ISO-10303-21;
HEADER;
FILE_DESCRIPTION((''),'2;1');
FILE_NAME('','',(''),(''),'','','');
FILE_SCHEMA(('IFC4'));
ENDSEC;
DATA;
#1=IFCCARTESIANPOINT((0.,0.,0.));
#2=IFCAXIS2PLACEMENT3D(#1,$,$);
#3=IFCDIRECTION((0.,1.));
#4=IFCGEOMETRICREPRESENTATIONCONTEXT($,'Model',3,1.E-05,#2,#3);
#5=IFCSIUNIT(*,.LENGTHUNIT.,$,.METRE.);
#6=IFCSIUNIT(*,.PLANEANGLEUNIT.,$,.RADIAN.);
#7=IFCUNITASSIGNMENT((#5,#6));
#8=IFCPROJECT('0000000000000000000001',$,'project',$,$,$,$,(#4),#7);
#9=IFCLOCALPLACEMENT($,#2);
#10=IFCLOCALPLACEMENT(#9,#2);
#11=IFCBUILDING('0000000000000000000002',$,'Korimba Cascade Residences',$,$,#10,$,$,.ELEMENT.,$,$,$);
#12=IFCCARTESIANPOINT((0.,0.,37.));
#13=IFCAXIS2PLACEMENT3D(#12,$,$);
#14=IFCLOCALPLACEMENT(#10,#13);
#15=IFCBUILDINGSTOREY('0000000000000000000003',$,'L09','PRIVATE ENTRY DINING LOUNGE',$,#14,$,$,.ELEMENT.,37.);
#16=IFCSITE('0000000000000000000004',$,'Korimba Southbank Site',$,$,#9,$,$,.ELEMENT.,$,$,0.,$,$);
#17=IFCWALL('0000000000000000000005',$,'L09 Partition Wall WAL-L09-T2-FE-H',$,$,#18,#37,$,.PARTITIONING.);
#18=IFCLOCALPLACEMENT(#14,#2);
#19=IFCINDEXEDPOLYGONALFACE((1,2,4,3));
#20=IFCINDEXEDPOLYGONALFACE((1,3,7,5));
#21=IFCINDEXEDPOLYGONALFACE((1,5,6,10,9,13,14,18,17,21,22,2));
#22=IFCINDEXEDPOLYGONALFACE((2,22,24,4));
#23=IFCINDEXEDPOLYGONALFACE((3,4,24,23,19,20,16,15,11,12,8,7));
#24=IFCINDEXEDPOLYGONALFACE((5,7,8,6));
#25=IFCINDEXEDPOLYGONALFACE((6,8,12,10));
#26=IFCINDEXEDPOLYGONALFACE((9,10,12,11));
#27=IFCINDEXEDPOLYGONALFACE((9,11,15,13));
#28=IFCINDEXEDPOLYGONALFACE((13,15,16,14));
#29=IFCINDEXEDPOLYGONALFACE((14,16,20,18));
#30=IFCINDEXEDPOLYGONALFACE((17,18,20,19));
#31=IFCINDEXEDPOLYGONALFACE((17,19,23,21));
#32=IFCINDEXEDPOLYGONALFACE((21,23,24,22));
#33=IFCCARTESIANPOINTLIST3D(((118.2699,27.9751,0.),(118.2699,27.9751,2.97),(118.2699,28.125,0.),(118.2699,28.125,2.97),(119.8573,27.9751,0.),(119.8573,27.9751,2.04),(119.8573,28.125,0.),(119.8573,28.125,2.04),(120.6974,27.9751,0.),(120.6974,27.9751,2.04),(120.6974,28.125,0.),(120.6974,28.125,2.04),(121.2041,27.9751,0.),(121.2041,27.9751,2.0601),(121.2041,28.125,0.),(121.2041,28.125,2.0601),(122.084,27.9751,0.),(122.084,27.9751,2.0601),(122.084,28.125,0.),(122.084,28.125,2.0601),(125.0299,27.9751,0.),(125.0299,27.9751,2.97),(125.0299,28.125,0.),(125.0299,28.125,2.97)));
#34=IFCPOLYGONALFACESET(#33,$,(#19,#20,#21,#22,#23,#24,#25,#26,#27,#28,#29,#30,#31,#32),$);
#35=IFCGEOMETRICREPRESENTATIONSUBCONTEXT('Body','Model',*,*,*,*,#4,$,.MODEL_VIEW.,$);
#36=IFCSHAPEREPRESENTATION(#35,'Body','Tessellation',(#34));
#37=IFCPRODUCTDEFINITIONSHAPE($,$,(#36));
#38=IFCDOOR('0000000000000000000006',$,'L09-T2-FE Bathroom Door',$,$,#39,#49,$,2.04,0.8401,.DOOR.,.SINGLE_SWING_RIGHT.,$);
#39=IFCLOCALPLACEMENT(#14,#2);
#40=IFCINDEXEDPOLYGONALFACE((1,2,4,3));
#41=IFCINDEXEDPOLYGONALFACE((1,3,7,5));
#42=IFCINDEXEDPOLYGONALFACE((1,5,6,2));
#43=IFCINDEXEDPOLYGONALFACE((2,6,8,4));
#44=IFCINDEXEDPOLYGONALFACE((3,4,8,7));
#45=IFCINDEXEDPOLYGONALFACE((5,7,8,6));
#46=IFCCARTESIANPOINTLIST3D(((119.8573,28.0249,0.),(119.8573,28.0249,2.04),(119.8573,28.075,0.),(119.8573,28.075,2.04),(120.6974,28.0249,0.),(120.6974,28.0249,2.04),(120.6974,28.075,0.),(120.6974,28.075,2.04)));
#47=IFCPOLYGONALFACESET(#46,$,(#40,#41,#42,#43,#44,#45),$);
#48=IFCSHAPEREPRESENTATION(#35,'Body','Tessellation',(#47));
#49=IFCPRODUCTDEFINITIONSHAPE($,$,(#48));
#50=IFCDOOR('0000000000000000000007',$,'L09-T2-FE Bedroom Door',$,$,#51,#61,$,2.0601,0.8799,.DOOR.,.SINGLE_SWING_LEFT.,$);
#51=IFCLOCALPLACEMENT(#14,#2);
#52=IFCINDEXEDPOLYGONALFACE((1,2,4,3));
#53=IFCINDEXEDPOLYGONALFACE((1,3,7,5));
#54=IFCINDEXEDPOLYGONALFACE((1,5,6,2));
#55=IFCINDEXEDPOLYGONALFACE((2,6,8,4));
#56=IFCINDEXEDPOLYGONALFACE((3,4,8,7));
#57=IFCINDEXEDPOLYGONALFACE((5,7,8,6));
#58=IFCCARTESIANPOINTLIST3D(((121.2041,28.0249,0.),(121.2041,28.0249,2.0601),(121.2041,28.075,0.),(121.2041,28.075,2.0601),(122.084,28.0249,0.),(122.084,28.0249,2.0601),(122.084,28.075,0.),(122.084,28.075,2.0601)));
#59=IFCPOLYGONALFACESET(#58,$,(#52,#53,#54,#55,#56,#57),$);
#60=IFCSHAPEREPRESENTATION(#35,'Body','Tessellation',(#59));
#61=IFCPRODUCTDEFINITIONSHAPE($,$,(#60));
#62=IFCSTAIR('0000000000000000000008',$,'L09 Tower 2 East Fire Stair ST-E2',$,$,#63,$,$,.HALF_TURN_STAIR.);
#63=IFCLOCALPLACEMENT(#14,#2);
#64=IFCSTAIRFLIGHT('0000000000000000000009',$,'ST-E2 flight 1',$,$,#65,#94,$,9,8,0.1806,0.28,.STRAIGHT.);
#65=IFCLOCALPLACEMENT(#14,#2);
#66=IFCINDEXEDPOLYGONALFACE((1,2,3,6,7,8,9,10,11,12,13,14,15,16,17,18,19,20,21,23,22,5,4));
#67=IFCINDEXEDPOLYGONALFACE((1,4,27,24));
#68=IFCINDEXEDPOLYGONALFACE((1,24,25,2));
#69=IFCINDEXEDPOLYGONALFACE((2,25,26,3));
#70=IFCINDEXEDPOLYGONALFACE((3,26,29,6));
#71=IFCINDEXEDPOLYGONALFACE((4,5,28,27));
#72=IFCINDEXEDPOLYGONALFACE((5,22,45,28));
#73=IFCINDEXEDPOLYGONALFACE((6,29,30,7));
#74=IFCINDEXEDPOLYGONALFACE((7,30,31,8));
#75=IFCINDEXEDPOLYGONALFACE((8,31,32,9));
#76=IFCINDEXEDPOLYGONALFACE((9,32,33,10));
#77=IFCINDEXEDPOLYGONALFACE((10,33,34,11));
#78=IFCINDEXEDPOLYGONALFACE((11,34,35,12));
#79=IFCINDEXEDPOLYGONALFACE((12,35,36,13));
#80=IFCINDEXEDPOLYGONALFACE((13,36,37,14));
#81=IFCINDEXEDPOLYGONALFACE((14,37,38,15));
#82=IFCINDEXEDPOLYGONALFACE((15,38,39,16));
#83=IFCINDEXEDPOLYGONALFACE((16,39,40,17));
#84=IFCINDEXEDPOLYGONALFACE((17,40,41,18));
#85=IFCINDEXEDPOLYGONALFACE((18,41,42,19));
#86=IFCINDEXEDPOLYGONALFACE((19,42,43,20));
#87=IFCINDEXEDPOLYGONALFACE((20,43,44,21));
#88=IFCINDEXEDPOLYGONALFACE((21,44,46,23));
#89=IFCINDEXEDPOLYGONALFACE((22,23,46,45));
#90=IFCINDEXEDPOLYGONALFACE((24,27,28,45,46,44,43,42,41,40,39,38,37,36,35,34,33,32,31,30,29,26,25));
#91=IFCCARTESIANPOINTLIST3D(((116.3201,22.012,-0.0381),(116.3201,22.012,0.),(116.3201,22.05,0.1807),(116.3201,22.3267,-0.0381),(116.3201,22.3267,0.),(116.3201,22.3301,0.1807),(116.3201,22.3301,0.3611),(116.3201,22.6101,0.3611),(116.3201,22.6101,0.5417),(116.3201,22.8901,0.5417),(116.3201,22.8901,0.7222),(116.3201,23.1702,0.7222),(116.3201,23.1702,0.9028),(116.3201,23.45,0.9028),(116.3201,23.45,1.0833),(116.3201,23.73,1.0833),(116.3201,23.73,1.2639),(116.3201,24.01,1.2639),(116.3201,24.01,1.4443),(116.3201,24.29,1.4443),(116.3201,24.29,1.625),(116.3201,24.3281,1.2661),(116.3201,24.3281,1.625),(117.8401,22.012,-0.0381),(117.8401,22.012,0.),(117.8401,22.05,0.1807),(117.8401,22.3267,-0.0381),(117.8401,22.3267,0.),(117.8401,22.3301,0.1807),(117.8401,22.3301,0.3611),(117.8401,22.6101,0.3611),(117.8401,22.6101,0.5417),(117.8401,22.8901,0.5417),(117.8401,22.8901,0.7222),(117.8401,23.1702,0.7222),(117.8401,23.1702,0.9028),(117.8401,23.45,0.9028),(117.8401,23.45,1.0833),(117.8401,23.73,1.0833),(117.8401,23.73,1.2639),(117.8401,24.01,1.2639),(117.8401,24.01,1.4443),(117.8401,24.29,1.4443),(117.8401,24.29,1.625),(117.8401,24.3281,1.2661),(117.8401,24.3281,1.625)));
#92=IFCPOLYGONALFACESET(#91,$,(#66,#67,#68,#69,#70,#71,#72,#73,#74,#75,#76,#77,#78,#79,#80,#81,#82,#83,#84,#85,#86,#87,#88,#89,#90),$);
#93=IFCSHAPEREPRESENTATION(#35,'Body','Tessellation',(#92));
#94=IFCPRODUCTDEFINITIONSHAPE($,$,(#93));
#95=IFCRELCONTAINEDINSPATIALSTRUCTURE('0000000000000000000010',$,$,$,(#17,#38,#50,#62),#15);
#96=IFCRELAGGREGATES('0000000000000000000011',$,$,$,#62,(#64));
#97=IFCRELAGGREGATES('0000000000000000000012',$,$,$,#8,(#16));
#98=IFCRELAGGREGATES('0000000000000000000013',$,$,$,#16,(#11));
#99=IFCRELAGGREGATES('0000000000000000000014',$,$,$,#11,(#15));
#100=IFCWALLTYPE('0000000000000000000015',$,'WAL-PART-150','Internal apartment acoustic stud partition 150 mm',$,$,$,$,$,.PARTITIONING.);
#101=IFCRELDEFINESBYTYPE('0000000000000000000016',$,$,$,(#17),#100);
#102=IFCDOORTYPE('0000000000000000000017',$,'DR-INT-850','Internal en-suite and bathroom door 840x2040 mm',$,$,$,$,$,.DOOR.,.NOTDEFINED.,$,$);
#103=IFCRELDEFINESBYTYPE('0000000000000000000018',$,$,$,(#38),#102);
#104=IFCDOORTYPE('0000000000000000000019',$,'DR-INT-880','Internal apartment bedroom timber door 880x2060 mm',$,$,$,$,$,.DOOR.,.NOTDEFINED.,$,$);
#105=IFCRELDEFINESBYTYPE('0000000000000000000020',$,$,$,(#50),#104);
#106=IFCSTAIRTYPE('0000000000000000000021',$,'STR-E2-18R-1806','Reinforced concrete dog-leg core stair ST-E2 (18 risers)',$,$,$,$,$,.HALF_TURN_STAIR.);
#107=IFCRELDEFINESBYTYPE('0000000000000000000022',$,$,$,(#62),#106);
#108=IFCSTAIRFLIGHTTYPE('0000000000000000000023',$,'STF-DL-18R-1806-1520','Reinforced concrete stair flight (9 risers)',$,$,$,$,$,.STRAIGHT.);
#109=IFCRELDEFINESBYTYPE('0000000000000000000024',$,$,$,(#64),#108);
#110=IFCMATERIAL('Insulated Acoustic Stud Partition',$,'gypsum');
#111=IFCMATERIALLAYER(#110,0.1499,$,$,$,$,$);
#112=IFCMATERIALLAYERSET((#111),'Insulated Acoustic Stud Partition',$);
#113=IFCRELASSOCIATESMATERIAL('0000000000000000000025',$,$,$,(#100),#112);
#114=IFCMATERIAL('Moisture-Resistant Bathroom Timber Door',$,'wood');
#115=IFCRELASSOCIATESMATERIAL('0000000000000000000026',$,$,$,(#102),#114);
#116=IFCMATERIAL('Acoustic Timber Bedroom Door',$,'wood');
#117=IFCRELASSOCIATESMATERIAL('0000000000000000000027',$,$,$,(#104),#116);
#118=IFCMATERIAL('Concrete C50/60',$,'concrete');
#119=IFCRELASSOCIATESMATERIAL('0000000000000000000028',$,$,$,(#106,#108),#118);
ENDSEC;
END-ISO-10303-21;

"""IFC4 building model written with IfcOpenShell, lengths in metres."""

from ifc_helpers import new_model, si_unit, direction, frame, frame_2d, origin, place, context, subcontext, project, spatial, polyline, rectangle, outline, extrude, material, layer, layer_set, type_object, element, fill, aggregate, save


model = new_model("IFC4")

# Units and contexts
model_context = context("Model", 3, precision=1e-05, world=origin(), true_north=direction((0.0, 1.0)))
body_context = subcontext(model_context, "Body", "Model", "MODEL_VIEW")
ifc_project = project(units=[si_unit("LENGTHUNIT", "METRE"), si_unit("PLANEANGLEUNIT", "RADIAN")], contexts=[model_context])

# Site, building, storey
site_placement = place(None, origin())
site = spatial("IfcSite", under=ifc_project, at=site_placement, Name="Korimba Southbank Site", CompositionType="ELEMENT", RefElevation=0.0)
building_placement = place(site_placement, origin())
building = spatial("IfcBuilding", under=site, at=building_placement, Name="Korimba Cascade Residences", CompositionType="ELEMENT")
storey_placement = place(building_placement, frame((0.0, 0.0, 37.0)))
storey = spatial("IfcBuildingStorey", under=building, at=storey_placement, Name="L09", Description="PRIVATE ENTRY DINING LOUNGE", CompositionType="ELEMENT", Elevation=37.0)

# Shared definitions
ifc_material_1 = material(Name="Concrete C50/60", Category="concrete")

# Shared definitions
ifc_material_2 = material(Name="Insulated Acoustic Stud Partition", Category="gypsum")
ifc_layer_1 = layer(ifc_material_2, 0.1499)
ifc_layer_set_1 = layer_set([ifc_layer_1], Name="Insulated Acoustic Stud Partition")
wall_type_1 = type_object("IfcWallType", Name="WAL-PART-150", Description="Internal apartment acoustic stud partition 150 mm", PredefinedType="PARTITIONING", material=ifc_layer_set_1)
ifc_material_3 = material(Name="Moisture-Resistant Bathroom Timber Door", Category="wood")
door_type_1 = type_object("IfcDoorType", Name="DR-INT-850", Description="Internal en-suite and bathroom door 840x2040 mm", OperationType="NOTDEFINED", PredefinedType="DOOR", material=ifc_material_3)

# Wall, openings, doors
wall_1_placement = place(storey_placement, frame((118.27, 28.05, 0.0), z_axis=(0.0, 0.0, 1.0), x_axis=(1.0, 0.0, 0.0)))
wall_1 = element("IfcWall", 1, at=wall_1_placement, inside=storey, type_object=wall_type_1, Name="L09 Partition Wall WAL-L09-T2-FE-H", PredefinedType="PARTITIONING", context=body_context, shape_type="SweptSolid", body=[
    extrude(rectangle(XDim=6.76, YDim=0.1499, at=frame_2d((3.3799, 0.0))), origin(), (0.0, 0.0, 1.0), 2.97),
])
opening_1_placement = place(wall_1_placement, frame((1.5874, 0.0, 0.0)))
opening_1 = element("IfcOpeningElement", 2, at=opening_1_placement, cuts=wall_1, PredefinedType="OPENING", context=body_context, shape_type="SweptSolid", body=[
    extrude(rectangle(XDim=0.8401, YDim=2.04, at=frame_2d((0.4199, 1.02))), frame((0.0, 0.085, 0.0), z_axis=(0.0, -1.0, 0.0), x_axis=(1.0, 0.0, 0.0)), (0.0, 0.0, 1.0), 0.1699),
])
opening_2_placement = place(wall_1_placement, frame((2.9341, 0.0, 0.0)))
opening_2 = element("IfcOpeningElement", 3, at=opening_2_placement, cuts=wall_1, PredefinedType="OPENING", context=body_context, shape_type="SweptSolid", body=[
    extrude(rectangle(XDim=0.8799, YDim=2.0601, at=frame_2d((0.4399, 1.03))), frame((0.0, 0.085, 0.0), z_axis=(0.0, -1.0, 0.0), x_axis=(1.0, 0.0, 0.0)), (0.0, 0.0, 1.0), 0.1699),
])
door_1_placement = place(opening_1_placement, origin())
door_1 = element("IfcDoor", 4, at=door_1_placement, inside=storey, type_object=door_type_1, Name="L09-T2-FE Bathroom Door", OperationType="SINGLE_SWING_RIGHT", OverallHeight=2.04, OverallWidth=0.8401, PredefinedType="DOOR", context=body_context, shape_type="SweptSolid", body=[
    extrude(rectangle(XDim=0.8401, YDim=2.04, at=frame_2d((0.4199, 1.02))), frame((0.0, 0.0249, 0.0), z_axis=(0.0, -1.0, 0.0), x_axis=(1.0, 0.0, 0.0)), (0.0, 0.0, 1.0), 0.05),
])
fill(opening_1, door_1)
ifc_material_4 = material(Name="Acoustic Timber Bedroom Door", Category="wood")
door_type_2 = type_object("IfcDoorType", Name="DR-INT-880", Description="Internal apartment bedroom timber door 880x2060 mm", OperationType="NOTDEFINED", PredefinedType="DOOR", material=ifc_material_4)
door_2_placement = place(opening_2_placement, origin())
door_2 = element("IfcDoor", 5, at=door_2_placement, inside=storey, type_object=door_type_2, Name="L09-T2-FE Bedroom Door", OperationType="SINGLE_SWING_LEFT", OverallHeight=2.0601, OverallWidth=0.8799, PredefinedType="DOOR", context=body_context, shape_type="SweptSolid", body=[
    extrude(rectangle(XDim=0.8799, YDim=2.0601, at=frame_2d((0.4399, 1.03))), frame((0.0, 0.0249, 0.0), z_axis=(0.0, -1.0, 0.0), x_axis=(1.0, 0.0, 0.0)), (0.0, 0.0, 1.0), 0.05),
])
fill(opening_2, door_2)

# Stair, stair flight
stair_type = type_object("IfcStairType", Name="STR-E2-18R-1806", Description="Reinforced concrete dog-leg core stair ST-E2 (18 risers)", PredefinedType="HALF_TURN_STAIR", material=ifc_material_1)
stair_placement = place(storey_placement, origin())
stair = element("IfcStair", 6, at=stair_placement, inside=storey, type_object=stair_type, Name="L09 Tower 2 East Fire Stair ST-E2", PredefinedType="HALF_TURN_STAIR")
stair_flight_type = type_object("IfcStairFlightType", Name="STF-DL-18R-1806-1520", Description="Reinforced concrete stair flight (9 risers)", PredefinedType="STRAIGHT", material=ifc_material_1)
stair_flight_placement = place(storey_placement, frame((117.0801, 22.05, 0.0), z_axis=(0.0, 0.0, 1.0), x_axis=(0.0, 1.0, 0.0)))
stair_flight = element("IfcStairFlight", 7, at=stair_flight_placement, type_object=stair_flight_type, Name="ST-E2 flight 1", NumberOfRisers=9, NumberOfTreads=8, PredefinedType="STRAIGHT", RiserHeight=0.1806, TreadLength=0.28, context=body_context, shape_type="SweptSolid", body=[
    extrude(outline(polyline([(-0.0381, 0.0), (0.0, 0.1807), (0.28, 0.1807), (0.28, 0.3611), (0.5601, 0.3611), (0.5601, 0.5417), (0.8401, 0.5417), (0.8401, 0.7222), (1.1201, 0.7222), (1.1201, 0.9028), (1.3999, 0.9028), (1.3999, 1.0833), (1.6799, 1.0833), (1.6799, 1.2639), (1.96, 1.2639), (1.96, 1.4443), (2.24, 1.4443), (2.24, 1.625), (2.2781, 1.625), (2.2781, 1.2661), (0.2766, 0.0), (0.2766, -0.0381), (-0.0381, -0.0381), (-0.0381, 0.0)])), frame((0.0, 0.76, 0.0), z_axis=(0.0, -1.0, 0.0), x_axis=(1.0, 0.0, 0.0)), (0.0, 0.0, 1.0), 1.52),
])
aggregate(stair, [stair_flight])

save(model, "model.ifc")
